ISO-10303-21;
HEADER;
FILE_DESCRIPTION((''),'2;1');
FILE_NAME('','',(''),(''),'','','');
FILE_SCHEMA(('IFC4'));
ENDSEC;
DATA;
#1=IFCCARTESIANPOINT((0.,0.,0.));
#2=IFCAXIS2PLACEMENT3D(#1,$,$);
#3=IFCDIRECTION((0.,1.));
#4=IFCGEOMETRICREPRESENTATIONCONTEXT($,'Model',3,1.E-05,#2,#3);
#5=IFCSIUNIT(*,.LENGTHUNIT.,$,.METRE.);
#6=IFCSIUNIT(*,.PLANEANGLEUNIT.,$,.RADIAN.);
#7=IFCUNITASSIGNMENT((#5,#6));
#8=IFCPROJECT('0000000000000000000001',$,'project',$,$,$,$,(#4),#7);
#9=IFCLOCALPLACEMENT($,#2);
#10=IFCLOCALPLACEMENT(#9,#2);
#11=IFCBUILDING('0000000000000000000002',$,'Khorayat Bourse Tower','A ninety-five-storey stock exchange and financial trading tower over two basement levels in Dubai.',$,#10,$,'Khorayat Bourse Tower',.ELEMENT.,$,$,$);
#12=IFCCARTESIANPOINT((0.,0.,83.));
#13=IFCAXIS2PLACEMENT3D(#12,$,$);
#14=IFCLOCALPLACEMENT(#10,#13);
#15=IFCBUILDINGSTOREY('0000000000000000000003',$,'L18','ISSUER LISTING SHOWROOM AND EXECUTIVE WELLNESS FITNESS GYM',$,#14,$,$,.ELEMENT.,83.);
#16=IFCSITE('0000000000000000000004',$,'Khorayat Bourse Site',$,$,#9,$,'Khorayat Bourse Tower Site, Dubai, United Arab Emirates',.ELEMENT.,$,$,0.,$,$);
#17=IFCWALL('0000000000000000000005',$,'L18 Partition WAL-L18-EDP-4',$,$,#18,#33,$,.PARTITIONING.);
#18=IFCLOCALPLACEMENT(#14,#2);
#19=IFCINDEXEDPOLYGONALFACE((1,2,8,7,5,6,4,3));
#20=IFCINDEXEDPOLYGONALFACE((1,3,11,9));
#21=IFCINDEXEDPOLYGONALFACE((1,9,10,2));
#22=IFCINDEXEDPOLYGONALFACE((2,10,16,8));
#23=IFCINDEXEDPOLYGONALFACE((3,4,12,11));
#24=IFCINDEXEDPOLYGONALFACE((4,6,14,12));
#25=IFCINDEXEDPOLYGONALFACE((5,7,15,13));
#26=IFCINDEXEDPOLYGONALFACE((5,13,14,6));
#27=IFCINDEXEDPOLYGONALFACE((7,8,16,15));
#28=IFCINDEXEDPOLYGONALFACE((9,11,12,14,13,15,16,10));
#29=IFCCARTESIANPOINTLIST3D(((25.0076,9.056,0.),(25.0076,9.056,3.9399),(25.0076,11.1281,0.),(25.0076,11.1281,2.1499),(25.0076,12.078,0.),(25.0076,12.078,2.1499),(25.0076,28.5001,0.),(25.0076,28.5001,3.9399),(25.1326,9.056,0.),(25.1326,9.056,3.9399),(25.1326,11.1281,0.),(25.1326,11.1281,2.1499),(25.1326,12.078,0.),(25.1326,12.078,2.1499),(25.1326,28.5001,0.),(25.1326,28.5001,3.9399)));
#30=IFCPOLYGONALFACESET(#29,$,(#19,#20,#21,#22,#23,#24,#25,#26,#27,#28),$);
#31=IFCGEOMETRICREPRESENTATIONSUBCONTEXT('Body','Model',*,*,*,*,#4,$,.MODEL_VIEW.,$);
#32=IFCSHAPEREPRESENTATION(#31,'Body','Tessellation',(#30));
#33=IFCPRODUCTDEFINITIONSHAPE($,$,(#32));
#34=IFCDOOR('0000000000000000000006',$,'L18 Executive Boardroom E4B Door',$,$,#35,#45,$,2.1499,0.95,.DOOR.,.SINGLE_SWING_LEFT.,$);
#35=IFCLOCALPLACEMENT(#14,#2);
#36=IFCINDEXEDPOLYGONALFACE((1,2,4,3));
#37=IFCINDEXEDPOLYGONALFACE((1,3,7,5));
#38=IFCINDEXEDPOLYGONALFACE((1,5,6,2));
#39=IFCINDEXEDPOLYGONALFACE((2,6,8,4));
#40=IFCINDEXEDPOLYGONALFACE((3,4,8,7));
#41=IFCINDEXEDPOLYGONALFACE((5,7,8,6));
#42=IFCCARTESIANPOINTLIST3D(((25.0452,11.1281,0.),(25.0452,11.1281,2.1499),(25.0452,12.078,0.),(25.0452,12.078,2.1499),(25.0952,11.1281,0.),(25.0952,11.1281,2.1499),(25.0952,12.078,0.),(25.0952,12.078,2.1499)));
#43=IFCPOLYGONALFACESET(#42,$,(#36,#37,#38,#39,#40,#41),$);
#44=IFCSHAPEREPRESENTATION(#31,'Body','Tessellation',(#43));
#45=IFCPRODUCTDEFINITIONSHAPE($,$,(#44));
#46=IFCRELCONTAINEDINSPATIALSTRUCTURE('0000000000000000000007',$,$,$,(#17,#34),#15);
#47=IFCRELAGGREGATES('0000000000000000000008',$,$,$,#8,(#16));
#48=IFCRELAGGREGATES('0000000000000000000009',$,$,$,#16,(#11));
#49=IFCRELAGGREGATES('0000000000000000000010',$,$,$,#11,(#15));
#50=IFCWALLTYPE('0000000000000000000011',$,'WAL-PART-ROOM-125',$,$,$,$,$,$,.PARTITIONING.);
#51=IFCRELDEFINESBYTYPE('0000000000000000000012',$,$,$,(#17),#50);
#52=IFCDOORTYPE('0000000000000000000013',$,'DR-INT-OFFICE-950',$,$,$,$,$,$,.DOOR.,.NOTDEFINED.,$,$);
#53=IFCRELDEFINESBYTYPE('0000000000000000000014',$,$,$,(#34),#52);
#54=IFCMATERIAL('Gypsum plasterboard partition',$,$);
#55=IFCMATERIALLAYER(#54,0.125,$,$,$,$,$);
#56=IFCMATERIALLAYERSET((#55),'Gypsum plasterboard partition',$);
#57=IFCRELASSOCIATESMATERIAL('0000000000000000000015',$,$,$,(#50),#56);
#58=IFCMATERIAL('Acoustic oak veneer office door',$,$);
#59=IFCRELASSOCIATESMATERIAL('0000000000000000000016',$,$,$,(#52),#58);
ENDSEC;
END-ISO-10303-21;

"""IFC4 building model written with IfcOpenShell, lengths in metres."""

from ifc_helpers import new_model, si_unit, direction, frame, frame_2d, origin, place, context, subcontext, project, spatial, rectangle, extrude, source, transform, mapped, material, layer, layer_set, type_object, element, fill, save


model = new_model("IFC4")

# Units and contexts
model_context = context("Model", 3, precision=1e-05, world=origin(), true_north=direction((0.0, 1.0)))
body_context = subcontext(model_context, "Body", "Model", "MODEL_VIEW")
ifc_project = project(units=[si_unit("LENGTHUNIT", "METRE"), si_unit("PLANEANGLEUNIT", "RADIAN")], contexts=[model_context])

# Site, building, storey
site_placement = place(None, origin())
site = spatial("IfcSite", under=ifc_project, at=site_placement, Name="Khorayat Bourse Site", LongName="Khorayat Bourse Tower Site, Dubai, United Arab Emirates", CompositionType="ELEMENT", RefElevation=0.0)
building_placement = place(site_placement, origin())
building = spatial("IfcBuilding", under=site, at=building_placement, Name="Khorayat Bourse Tower", Description="A ninety-five-storey stock exchange and financial trading tower over two basement levels in Dubai.", LongName="Khorayat Bourse Tower", CompositionType="ELEMENT")
storey_placement = place(building_placement, frame((0.0, 0.0, 83.0)))
storey = spatial("IfcBuildingStorey", under=building, at=storey_placement, Name="L18", Description="ISSUER LISTING SHOWROOM AND EXECUTIVE WELLNESS FITNESS GYM", CompositionType="ELEMENT", Elevation=83.0)

# Shared definitions
ifc_material_1 = material(Name="Gypsum plasterboard partition")
ifc_layer_1 = layer(ifc_material_1, 0.125)
ifc_layer_set_1 = layer_set([ifc_layer_1], Name="Gypsum plasterboard partition")
wall_type_1 = type_object("IfcWallType", Name="WAL-PART-ROOM-125", PredefinedType="PARTITIONING", material=ifc_layer_set_1)

# Wall, opening, door
shared_shape_1 = source(origin(), body_context, "Body", "SweptSolid", [
    extrude(rectangle(XDim=0.95, YDim=2.1499, at=frame_2d((0.4751, 1.075))), frame((0.0, 0.0725, 0.0), z_axis=(0.0, -1.0, 0.0), x_axis=(1.0, 0.0, 0.0)), (0.0, 0.0, 1.0), 0.145),
])
ifc_material_2 = material(Name="Acoustic oak veneer office door")
door_type = type_object("IfcDoorType", Name="DR-INT-OFFICE-950", OperationType="NOTDEFINED", PredefinedType="DOOR", material=ifc_material_2)
shared_shape_2 = source(origin(), body_context, "Body", "SweptSolid", [
    extrude(rectangle(XDim=0.95, YDim=2.1499, at=frame_2d((0.4751, 1.075))), frame((0.0, 0.0249, 0.0), z_axis=(0.0, -1.0, 0.0), x_axis=(1.0, 0.0, 0.0)), (0.0, 0.0, 1.0), 0.05),
])
shared_shape_3 = source(origin(), body_context, "Body", "SweptSolid", [
    extrude(rectangle(XDim=19.4441, YDim=0.125, at=frame_2d((9.7222, 0.0))), origin(), (0.0, 0.0, 1.0), 3.9399),
])
wall_1_placement = place(storey_placement, frame((25.0701, 9.0559, 0.0), z_axis=(0.0, 0.0, 1.0), x_axis=(0.0, 1.0, 0.0)))
wall_1 = element("IfcWall", 1, at=wall_1_placement, inside=storey, type_object=wall_type_1, Name="L18 Partition WAL-L18-EDP-4", PredefinedType="PARTITIONING", context=body_context, shape_type="MappedRepresentation", body=[
    mapped(shared_shape_3, transform((0.0, 0.0, 0.0), scale=1.0)),
])
opening_1_placement = place(wall_1_placement, frame((2.072, 0.0, 0.0)))
opening_1 = element("IfcOpeningElement", 2, at=opening_1_placement, cuts=wall_1, PredefinedType="OPENING", context=body_context, shape_type="MappedRepresentation", body=[
    mapped(shared_shape_1, transform((0.0, 0.0, 0.0), scale=1.0)),
])
door_1_placement = place(opening_1_placement, origin())
door_1 = element("IfcDoor", 3, at=door_1_placement, inside=storey, type_object=door_type, Name="L18 Executive Boardroom E4B Door", OperationType="SINGLE_SWING_LEFT", OverallHeight=2.1499, OverallWidth=0.95, PredefinedType="DOOR", context=body_context, shape_type="MappedRepresentation", body=[
    mapped(shared_shape_2, transform((0.0, 0.0, 0.0), scale=1.0)),
])
fill(opening_1, door_1)

save(model, "model.ifc")
